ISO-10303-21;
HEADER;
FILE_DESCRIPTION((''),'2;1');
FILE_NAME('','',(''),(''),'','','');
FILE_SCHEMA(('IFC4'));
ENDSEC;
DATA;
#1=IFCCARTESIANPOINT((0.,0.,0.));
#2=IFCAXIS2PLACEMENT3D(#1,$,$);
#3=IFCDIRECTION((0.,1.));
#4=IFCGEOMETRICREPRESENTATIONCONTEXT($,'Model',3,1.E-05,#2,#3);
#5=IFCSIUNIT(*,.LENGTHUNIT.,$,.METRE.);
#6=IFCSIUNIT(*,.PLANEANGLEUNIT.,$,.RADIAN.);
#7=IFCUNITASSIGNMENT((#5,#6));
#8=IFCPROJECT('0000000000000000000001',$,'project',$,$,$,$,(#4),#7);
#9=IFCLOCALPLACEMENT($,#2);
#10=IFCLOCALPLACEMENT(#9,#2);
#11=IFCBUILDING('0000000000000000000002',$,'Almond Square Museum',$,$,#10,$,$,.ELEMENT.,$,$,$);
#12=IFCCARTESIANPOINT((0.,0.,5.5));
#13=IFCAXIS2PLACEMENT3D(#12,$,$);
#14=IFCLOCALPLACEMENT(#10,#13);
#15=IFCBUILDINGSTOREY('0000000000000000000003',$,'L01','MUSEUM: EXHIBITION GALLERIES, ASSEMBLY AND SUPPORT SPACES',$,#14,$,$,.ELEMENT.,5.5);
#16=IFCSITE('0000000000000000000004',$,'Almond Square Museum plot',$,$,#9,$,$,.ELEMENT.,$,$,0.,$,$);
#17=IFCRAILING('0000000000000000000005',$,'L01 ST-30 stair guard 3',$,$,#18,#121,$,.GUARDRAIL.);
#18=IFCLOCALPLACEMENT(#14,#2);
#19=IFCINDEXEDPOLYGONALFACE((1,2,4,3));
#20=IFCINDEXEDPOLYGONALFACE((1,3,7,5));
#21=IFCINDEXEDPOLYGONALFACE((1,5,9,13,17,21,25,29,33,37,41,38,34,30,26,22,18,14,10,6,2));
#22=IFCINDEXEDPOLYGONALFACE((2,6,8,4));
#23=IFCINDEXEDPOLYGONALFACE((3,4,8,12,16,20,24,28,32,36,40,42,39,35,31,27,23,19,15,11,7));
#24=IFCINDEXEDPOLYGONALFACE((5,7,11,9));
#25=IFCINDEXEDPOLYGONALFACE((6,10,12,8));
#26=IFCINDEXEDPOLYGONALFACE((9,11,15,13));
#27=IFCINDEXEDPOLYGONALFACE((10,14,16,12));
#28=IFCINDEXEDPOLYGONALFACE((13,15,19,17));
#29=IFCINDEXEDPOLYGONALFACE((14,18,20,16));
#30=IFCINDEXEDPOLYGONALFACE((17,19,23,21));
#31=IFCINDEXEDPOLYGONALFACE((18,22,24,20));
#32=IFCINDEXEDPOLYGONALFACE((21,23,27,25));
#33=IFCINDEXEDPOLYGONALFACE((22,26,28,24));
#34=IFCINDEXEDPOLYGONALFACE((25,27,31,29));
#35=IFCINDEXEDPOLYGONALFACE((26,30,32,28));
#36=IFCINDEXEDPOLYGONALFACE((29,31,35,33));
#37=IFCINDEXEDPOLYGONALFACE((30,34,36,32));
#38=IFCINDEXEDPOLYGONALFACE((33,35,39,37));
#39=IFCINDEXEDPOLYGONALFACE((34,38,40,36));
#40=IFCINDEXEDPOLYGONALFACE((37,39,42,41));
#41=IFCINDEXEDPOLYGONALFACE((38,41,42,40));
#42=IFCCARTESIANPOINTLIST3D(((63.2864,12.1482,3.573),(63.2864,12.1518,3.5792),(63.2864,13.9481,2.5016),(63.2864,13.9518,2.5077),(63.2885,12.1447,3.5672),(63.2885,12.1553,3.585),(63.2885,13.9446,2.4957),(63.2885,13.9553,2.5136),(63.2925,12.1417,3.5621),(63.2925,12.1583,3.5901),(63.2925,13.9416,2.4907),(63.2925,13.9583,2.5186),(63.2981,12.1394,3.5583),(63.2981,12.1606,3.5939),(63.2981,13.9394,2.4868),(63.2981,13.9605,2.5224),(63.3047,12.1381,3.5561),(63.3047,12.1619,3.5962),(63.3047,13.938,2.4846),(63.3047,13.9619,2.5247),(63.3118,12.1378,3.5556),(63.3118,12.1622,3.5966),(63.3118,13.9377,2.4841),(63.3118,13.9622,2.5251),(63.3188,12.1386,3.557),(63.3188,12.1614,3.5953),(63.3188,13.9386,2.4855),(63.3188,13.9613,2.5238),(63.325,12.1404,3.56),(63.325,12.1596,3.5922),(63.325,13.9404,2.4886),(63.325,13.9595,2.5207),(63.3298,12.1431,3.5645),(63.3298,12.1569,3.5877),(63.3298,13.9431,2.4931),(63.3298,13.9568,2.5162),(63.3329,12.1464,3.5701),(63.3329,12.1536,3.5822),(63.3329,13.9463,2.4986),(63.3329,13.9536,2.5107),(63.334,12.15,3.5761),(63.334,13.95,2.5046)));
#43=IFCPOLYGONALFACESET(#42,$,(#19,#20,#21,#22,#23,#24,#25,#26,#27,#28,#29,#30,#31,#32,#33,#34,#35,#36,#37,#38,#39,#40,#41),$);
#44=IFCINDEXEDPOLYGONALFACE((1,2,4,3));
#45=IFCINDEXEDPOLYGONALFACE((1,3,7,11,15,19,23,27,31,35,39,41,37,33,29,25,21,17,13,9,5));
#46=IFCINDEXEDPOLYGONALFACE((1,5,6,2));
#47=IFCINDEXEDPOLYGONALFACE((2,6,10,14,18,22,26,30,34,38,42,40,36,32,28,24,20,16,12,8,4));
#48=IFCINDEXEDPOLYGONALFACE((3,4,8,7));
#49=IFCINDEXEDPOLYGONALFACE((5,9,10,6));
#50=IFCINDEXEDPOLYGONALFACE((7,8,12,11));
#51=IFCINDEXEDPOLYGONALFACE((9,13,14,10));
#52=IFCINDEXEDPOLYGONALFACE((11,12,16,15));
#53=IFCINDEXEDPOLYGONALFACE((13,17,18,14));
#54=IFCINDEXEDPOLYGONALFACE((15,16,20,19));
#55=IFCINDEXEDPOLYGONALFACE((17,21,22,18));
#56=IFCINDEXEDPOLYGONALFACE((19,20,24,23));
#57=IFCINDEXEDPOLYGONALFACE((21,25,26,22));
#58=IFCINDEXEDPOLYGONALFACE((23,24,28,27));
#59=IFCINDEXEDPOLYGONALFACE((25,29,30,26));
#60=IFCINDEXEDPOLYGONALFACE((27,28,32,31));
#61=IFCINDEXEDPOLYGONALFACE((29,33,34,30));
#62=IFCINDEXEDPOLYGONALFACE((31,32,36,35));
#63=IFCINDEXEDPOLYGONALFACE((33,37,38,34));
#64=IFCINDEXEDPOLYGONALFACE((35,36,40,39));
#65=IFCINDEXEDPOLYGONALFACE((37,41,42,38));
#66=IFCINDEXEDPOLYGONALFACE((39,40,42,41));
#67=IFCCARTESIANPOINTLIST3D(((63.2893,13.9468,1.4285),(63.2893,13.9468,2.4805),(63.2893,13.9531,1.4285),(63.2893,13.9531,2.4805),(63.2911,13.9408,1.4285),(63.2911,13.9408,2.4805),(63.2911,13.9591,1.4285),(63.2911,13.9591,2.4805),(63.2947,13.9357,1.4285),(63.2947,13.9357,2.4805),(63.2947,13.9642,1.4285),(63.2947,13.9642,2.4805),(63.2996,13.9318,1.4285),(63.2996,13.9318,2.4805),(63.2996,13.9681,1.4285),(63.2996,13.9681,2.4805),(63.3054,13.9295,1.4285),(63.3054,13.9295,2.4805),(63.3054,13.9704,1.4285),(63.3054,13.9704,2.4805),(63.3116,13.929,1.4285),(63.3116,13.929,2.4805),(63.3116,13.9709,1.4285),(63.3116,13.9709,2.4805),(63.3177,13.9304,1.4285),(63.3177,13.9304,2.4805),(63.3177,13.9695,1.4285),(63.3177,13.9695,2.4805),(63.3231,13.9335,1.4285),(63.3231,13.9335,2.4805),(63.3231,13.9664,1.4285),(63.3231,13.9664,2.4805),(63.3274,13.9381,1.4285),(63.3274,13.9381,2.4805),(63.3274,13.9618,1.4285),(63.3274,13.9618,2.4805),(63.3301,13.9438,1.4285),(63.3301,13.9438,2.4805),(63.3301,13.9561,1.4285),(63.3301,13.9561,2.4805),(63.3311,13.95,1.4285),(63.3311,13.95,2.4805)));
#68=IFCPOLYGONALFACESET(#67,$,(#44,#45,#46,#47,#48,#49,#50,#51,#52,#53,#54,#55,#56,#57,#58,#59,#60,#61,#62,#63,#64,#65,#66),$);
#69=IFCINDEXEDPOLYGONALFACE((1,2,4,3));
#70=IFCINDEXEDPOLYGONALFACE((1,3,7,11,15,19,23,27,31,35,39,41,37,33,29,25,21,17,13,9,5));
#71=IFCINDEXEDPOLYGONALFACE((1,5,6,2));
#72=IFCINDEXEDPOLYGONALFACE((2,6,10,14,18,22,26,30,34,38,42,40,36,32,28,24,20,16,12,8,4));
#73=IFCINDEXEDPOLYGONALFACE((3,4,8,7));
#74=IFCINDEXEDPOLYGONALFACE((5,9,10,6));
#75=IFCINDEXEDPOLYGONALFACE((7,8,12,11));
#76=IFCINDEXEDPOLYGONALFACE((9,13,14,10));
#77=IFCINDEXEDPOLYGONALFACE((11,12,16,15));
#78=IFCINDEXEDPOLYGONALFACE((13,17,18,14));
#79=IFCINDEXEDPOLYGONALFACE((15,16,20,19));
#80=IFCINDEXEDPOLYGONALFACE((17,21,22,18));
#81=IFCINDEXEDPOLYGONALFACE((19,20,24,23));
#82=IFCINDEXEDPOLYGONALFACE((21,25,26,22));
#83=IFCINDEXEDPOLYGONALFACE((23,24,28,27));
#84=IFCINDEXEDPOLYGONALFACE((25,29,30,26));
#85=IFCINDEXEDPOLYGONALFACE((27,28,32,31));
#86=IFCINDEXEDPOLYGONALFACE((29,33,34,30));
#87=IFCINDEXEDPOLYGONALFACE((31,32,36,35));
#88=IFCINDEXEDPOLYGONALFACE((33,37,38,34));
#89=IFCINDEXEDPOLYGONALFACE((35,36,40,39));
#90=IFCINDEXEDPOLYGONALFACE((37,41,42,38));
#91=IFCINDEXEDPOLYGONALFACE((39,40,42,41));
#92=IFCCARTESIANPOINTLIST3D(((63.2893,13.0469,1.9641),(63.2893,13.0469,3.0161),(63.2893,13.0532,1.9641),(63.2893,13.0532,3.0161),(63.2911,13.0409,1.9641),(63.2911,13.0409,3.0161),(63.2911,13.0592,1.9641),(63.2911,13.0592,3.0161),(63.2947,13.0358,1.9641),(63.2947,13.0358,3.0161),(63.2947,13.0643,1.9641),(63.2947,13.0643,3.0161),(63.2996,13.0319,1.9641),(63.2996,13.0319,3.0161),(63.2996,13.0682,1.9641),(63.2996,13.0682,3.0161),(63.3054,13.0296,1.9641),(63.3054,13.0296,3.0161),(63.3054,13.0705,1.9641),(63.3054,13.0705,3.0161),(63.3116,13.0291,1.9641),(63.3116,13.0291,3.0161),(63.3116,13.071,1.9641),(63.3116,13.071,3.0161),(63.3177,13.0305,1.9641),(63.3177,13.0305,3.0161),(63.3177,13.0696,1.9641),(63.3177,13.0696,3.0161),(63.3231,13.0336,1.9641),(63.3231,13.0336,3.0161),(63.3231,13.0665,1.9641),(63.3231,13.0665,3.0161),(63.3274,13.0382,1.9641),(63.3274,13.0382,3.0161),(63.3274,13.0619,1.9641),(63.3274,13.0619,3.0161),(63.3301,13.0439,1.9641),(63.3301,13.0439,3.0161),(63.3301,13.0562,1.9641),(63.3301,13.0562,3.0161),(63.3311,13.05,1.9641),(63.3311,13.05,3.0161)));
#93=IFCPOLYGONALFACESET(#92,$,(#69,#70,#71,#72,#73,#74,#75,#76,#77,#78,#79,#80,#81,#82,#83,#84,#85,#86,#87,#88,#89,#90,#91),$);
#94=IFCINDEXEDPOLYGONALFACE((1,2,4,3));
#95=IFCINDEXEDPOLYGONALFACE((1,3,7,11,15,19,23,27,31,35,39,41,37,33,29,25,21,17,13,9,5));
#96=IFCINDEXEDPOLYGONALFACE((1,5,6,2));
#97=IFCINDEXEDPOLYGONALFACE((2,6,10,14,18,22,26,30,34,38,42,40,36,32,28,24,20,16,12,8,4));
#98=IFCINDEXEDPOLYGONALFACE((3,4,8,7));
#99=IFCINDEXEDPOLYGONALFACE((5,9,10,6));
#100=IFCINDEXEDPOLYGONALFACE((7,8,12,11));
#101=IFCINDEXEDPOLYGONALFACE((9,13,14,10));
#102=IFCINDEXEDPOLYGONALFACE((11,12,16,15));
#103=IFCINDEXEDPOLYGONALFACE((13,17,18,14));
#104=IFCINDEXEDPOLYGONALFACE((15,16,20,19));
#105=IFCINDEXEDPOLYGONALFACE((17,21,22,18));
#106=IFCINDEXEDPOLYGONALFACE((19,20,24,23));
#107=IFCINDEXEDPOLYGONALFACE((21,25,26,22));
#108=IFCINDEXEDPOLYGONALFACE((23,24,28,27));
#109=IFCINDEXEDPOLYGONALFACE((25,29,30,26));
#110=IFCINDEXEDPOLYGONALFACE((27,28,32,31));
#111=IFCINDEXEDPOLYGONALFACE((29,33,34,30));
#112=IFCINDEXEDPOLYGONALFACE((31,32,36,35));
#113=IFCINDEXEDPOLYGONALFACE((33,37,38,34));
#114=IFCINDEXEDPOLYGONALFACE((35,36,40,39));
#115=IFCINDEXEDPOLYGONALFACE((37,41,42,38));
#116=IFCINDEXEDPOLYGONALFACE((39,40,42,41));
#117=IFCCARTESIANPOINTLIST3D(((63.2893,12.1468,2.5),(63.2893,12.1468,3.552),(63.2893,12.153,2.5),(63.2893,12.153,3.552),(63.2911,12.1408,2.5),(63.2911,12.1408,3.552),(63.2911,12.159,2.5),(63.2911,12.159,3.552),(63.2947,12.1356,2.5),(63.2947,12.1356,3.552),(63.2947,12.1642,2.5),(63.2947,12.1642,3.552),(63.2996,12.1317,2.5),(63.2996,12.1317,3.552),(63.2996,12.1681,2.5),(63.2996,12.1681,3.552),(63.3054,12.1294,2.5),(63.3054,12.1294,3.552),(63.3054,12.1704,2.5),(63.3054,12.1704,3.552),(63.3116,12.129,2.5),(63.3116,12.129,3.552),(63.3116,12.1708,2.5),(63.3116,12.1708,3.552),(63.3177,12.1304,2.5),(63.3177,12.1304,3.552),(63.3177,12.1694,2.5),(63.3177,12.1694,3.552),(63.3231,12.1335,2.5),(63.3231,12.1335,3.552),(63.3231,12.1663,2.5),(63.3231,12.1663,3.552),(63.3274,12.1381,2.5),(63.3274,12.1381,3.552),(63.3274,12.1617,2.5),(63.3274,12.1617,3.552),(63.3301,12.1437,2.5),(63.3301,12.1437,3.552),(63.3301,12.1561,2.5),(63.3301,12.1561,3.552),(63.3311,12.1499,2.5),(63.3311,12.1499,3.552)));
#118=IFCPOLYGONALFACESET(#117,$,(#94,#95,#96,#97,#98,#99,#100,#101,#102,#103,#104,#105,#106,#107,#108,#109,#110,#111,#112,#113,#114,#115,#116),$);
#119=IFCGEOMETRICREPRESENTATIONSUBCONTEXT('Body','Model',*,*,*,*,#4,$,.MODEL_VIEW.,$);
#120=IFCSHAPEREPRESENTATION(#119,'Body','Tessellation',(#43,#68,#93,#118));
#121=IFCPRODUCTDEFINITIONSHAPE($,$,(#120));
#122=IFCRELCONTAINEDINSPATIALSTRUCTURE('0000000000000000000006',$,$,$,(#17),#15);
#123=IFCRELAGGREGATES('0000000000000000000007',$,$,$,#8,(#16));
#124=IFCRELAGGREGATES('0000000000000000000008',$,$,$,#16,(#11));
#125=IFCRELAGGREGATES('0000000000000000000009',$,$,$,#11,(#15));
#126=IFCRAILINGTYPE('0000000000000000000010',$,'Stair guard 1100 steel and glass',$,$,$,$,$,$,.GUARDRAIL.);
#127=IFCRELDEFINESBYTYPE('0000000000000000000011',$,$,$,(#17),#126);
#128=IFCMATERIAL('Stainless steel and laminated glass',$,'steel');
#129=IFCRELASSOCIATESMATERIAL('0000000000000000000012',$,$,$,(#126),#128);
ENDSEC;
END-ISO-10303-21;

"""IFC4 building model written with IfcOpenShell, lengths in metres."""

from ifc_helpers import new_model, si_unit, direction, frame, origin, origin_2d, place, context, subcontext, project, spatial, circle, extrude, material, type_object, element, save


model = new_model("IFC4")

# Units and contexts
model_context = context("Model", 3, precision=1e-05, world=origin(), true_north=direction((0.0, 1.0)))
body_context = subcontext(model_context, "Body", "Model", "MODEL_VIEW")
ifc_project = project(units=[si_unit("LENGTHUNIT", "METRE"), si_unit("PLANEANGLEUNIT", "RADIAN")], contexts=[model_context])

# Site, building, storey
site_placement = place(None, origin())
site = spatial("IfcSite", under=ifc_project, at=site_placement, Name="Almond Square Museum plot", CompositionType="ELEMENT", RefElevation=0.0)
building_placement = place(site_placement, origin())
building = spatial("IfcBuilding", under=site, at=building_placement, Name="Almond Square Museum", CompositionType="ELEMENT")
storey_placement = place(building_placement, frame((0.0, 0.0, 5.5)))
storey = spatial("IfcBuildingStorey", under=building, at=storey_placement, Name="L01", Description="MUSEUM: EXHIBITION GALLERIES, ASSEMBLY AND SUPPORT SPACES", CompositionType="ELEMENT", Elevation=5.5)

# Railing
ifc_material_1 = material(Name="Stainless steel and laminated glass", Category="steel")
railing_type_1 = type_object("IfcRailingType", Name="Stair guard 1100 steel and glass", PredefinedType="GUARDRAIL", material=ifc_material_1)
railing_1_placement = place(storey_placement, frame((63.3101, 13.95, 1.4285)))
element("IfcRailing", 1, at=railing_1_placement, inside=storey, type_object=railing_type_1, Name="L01 ST-30 stair guard 3", PredefinedType="GUARDRAIL", context=body_context, shape_type="SweptSolid", body=[
    extrude(circle(Radius=0.0239, at=origin_2d()), frame((0.0, 0.0, 1.0762), z_axis=(0.0, -0.859277, 0.51151), x_axis=(1.0, 0.0, 0.0)), (0.0, 0.0, 1.0), 2.0947),
    extrude(circle(Radius=0.021, at=origin_2d()), origin(), (0.0, 0.0, 1.0), 1.052),
    extrude(circle(Radius=0.021, at=origin_2d()), frame((0.0, -0.8999, 0.5356)), (0.0, 0.0, 1.0), 1.052),
    extrude(circle(Radius=0.021, at=origin_2d()), frame((0.0, -1.8, 1.0715)), (0.0, 0.0, 1.0), 1.052),
])

save(model, "model.ifc")
